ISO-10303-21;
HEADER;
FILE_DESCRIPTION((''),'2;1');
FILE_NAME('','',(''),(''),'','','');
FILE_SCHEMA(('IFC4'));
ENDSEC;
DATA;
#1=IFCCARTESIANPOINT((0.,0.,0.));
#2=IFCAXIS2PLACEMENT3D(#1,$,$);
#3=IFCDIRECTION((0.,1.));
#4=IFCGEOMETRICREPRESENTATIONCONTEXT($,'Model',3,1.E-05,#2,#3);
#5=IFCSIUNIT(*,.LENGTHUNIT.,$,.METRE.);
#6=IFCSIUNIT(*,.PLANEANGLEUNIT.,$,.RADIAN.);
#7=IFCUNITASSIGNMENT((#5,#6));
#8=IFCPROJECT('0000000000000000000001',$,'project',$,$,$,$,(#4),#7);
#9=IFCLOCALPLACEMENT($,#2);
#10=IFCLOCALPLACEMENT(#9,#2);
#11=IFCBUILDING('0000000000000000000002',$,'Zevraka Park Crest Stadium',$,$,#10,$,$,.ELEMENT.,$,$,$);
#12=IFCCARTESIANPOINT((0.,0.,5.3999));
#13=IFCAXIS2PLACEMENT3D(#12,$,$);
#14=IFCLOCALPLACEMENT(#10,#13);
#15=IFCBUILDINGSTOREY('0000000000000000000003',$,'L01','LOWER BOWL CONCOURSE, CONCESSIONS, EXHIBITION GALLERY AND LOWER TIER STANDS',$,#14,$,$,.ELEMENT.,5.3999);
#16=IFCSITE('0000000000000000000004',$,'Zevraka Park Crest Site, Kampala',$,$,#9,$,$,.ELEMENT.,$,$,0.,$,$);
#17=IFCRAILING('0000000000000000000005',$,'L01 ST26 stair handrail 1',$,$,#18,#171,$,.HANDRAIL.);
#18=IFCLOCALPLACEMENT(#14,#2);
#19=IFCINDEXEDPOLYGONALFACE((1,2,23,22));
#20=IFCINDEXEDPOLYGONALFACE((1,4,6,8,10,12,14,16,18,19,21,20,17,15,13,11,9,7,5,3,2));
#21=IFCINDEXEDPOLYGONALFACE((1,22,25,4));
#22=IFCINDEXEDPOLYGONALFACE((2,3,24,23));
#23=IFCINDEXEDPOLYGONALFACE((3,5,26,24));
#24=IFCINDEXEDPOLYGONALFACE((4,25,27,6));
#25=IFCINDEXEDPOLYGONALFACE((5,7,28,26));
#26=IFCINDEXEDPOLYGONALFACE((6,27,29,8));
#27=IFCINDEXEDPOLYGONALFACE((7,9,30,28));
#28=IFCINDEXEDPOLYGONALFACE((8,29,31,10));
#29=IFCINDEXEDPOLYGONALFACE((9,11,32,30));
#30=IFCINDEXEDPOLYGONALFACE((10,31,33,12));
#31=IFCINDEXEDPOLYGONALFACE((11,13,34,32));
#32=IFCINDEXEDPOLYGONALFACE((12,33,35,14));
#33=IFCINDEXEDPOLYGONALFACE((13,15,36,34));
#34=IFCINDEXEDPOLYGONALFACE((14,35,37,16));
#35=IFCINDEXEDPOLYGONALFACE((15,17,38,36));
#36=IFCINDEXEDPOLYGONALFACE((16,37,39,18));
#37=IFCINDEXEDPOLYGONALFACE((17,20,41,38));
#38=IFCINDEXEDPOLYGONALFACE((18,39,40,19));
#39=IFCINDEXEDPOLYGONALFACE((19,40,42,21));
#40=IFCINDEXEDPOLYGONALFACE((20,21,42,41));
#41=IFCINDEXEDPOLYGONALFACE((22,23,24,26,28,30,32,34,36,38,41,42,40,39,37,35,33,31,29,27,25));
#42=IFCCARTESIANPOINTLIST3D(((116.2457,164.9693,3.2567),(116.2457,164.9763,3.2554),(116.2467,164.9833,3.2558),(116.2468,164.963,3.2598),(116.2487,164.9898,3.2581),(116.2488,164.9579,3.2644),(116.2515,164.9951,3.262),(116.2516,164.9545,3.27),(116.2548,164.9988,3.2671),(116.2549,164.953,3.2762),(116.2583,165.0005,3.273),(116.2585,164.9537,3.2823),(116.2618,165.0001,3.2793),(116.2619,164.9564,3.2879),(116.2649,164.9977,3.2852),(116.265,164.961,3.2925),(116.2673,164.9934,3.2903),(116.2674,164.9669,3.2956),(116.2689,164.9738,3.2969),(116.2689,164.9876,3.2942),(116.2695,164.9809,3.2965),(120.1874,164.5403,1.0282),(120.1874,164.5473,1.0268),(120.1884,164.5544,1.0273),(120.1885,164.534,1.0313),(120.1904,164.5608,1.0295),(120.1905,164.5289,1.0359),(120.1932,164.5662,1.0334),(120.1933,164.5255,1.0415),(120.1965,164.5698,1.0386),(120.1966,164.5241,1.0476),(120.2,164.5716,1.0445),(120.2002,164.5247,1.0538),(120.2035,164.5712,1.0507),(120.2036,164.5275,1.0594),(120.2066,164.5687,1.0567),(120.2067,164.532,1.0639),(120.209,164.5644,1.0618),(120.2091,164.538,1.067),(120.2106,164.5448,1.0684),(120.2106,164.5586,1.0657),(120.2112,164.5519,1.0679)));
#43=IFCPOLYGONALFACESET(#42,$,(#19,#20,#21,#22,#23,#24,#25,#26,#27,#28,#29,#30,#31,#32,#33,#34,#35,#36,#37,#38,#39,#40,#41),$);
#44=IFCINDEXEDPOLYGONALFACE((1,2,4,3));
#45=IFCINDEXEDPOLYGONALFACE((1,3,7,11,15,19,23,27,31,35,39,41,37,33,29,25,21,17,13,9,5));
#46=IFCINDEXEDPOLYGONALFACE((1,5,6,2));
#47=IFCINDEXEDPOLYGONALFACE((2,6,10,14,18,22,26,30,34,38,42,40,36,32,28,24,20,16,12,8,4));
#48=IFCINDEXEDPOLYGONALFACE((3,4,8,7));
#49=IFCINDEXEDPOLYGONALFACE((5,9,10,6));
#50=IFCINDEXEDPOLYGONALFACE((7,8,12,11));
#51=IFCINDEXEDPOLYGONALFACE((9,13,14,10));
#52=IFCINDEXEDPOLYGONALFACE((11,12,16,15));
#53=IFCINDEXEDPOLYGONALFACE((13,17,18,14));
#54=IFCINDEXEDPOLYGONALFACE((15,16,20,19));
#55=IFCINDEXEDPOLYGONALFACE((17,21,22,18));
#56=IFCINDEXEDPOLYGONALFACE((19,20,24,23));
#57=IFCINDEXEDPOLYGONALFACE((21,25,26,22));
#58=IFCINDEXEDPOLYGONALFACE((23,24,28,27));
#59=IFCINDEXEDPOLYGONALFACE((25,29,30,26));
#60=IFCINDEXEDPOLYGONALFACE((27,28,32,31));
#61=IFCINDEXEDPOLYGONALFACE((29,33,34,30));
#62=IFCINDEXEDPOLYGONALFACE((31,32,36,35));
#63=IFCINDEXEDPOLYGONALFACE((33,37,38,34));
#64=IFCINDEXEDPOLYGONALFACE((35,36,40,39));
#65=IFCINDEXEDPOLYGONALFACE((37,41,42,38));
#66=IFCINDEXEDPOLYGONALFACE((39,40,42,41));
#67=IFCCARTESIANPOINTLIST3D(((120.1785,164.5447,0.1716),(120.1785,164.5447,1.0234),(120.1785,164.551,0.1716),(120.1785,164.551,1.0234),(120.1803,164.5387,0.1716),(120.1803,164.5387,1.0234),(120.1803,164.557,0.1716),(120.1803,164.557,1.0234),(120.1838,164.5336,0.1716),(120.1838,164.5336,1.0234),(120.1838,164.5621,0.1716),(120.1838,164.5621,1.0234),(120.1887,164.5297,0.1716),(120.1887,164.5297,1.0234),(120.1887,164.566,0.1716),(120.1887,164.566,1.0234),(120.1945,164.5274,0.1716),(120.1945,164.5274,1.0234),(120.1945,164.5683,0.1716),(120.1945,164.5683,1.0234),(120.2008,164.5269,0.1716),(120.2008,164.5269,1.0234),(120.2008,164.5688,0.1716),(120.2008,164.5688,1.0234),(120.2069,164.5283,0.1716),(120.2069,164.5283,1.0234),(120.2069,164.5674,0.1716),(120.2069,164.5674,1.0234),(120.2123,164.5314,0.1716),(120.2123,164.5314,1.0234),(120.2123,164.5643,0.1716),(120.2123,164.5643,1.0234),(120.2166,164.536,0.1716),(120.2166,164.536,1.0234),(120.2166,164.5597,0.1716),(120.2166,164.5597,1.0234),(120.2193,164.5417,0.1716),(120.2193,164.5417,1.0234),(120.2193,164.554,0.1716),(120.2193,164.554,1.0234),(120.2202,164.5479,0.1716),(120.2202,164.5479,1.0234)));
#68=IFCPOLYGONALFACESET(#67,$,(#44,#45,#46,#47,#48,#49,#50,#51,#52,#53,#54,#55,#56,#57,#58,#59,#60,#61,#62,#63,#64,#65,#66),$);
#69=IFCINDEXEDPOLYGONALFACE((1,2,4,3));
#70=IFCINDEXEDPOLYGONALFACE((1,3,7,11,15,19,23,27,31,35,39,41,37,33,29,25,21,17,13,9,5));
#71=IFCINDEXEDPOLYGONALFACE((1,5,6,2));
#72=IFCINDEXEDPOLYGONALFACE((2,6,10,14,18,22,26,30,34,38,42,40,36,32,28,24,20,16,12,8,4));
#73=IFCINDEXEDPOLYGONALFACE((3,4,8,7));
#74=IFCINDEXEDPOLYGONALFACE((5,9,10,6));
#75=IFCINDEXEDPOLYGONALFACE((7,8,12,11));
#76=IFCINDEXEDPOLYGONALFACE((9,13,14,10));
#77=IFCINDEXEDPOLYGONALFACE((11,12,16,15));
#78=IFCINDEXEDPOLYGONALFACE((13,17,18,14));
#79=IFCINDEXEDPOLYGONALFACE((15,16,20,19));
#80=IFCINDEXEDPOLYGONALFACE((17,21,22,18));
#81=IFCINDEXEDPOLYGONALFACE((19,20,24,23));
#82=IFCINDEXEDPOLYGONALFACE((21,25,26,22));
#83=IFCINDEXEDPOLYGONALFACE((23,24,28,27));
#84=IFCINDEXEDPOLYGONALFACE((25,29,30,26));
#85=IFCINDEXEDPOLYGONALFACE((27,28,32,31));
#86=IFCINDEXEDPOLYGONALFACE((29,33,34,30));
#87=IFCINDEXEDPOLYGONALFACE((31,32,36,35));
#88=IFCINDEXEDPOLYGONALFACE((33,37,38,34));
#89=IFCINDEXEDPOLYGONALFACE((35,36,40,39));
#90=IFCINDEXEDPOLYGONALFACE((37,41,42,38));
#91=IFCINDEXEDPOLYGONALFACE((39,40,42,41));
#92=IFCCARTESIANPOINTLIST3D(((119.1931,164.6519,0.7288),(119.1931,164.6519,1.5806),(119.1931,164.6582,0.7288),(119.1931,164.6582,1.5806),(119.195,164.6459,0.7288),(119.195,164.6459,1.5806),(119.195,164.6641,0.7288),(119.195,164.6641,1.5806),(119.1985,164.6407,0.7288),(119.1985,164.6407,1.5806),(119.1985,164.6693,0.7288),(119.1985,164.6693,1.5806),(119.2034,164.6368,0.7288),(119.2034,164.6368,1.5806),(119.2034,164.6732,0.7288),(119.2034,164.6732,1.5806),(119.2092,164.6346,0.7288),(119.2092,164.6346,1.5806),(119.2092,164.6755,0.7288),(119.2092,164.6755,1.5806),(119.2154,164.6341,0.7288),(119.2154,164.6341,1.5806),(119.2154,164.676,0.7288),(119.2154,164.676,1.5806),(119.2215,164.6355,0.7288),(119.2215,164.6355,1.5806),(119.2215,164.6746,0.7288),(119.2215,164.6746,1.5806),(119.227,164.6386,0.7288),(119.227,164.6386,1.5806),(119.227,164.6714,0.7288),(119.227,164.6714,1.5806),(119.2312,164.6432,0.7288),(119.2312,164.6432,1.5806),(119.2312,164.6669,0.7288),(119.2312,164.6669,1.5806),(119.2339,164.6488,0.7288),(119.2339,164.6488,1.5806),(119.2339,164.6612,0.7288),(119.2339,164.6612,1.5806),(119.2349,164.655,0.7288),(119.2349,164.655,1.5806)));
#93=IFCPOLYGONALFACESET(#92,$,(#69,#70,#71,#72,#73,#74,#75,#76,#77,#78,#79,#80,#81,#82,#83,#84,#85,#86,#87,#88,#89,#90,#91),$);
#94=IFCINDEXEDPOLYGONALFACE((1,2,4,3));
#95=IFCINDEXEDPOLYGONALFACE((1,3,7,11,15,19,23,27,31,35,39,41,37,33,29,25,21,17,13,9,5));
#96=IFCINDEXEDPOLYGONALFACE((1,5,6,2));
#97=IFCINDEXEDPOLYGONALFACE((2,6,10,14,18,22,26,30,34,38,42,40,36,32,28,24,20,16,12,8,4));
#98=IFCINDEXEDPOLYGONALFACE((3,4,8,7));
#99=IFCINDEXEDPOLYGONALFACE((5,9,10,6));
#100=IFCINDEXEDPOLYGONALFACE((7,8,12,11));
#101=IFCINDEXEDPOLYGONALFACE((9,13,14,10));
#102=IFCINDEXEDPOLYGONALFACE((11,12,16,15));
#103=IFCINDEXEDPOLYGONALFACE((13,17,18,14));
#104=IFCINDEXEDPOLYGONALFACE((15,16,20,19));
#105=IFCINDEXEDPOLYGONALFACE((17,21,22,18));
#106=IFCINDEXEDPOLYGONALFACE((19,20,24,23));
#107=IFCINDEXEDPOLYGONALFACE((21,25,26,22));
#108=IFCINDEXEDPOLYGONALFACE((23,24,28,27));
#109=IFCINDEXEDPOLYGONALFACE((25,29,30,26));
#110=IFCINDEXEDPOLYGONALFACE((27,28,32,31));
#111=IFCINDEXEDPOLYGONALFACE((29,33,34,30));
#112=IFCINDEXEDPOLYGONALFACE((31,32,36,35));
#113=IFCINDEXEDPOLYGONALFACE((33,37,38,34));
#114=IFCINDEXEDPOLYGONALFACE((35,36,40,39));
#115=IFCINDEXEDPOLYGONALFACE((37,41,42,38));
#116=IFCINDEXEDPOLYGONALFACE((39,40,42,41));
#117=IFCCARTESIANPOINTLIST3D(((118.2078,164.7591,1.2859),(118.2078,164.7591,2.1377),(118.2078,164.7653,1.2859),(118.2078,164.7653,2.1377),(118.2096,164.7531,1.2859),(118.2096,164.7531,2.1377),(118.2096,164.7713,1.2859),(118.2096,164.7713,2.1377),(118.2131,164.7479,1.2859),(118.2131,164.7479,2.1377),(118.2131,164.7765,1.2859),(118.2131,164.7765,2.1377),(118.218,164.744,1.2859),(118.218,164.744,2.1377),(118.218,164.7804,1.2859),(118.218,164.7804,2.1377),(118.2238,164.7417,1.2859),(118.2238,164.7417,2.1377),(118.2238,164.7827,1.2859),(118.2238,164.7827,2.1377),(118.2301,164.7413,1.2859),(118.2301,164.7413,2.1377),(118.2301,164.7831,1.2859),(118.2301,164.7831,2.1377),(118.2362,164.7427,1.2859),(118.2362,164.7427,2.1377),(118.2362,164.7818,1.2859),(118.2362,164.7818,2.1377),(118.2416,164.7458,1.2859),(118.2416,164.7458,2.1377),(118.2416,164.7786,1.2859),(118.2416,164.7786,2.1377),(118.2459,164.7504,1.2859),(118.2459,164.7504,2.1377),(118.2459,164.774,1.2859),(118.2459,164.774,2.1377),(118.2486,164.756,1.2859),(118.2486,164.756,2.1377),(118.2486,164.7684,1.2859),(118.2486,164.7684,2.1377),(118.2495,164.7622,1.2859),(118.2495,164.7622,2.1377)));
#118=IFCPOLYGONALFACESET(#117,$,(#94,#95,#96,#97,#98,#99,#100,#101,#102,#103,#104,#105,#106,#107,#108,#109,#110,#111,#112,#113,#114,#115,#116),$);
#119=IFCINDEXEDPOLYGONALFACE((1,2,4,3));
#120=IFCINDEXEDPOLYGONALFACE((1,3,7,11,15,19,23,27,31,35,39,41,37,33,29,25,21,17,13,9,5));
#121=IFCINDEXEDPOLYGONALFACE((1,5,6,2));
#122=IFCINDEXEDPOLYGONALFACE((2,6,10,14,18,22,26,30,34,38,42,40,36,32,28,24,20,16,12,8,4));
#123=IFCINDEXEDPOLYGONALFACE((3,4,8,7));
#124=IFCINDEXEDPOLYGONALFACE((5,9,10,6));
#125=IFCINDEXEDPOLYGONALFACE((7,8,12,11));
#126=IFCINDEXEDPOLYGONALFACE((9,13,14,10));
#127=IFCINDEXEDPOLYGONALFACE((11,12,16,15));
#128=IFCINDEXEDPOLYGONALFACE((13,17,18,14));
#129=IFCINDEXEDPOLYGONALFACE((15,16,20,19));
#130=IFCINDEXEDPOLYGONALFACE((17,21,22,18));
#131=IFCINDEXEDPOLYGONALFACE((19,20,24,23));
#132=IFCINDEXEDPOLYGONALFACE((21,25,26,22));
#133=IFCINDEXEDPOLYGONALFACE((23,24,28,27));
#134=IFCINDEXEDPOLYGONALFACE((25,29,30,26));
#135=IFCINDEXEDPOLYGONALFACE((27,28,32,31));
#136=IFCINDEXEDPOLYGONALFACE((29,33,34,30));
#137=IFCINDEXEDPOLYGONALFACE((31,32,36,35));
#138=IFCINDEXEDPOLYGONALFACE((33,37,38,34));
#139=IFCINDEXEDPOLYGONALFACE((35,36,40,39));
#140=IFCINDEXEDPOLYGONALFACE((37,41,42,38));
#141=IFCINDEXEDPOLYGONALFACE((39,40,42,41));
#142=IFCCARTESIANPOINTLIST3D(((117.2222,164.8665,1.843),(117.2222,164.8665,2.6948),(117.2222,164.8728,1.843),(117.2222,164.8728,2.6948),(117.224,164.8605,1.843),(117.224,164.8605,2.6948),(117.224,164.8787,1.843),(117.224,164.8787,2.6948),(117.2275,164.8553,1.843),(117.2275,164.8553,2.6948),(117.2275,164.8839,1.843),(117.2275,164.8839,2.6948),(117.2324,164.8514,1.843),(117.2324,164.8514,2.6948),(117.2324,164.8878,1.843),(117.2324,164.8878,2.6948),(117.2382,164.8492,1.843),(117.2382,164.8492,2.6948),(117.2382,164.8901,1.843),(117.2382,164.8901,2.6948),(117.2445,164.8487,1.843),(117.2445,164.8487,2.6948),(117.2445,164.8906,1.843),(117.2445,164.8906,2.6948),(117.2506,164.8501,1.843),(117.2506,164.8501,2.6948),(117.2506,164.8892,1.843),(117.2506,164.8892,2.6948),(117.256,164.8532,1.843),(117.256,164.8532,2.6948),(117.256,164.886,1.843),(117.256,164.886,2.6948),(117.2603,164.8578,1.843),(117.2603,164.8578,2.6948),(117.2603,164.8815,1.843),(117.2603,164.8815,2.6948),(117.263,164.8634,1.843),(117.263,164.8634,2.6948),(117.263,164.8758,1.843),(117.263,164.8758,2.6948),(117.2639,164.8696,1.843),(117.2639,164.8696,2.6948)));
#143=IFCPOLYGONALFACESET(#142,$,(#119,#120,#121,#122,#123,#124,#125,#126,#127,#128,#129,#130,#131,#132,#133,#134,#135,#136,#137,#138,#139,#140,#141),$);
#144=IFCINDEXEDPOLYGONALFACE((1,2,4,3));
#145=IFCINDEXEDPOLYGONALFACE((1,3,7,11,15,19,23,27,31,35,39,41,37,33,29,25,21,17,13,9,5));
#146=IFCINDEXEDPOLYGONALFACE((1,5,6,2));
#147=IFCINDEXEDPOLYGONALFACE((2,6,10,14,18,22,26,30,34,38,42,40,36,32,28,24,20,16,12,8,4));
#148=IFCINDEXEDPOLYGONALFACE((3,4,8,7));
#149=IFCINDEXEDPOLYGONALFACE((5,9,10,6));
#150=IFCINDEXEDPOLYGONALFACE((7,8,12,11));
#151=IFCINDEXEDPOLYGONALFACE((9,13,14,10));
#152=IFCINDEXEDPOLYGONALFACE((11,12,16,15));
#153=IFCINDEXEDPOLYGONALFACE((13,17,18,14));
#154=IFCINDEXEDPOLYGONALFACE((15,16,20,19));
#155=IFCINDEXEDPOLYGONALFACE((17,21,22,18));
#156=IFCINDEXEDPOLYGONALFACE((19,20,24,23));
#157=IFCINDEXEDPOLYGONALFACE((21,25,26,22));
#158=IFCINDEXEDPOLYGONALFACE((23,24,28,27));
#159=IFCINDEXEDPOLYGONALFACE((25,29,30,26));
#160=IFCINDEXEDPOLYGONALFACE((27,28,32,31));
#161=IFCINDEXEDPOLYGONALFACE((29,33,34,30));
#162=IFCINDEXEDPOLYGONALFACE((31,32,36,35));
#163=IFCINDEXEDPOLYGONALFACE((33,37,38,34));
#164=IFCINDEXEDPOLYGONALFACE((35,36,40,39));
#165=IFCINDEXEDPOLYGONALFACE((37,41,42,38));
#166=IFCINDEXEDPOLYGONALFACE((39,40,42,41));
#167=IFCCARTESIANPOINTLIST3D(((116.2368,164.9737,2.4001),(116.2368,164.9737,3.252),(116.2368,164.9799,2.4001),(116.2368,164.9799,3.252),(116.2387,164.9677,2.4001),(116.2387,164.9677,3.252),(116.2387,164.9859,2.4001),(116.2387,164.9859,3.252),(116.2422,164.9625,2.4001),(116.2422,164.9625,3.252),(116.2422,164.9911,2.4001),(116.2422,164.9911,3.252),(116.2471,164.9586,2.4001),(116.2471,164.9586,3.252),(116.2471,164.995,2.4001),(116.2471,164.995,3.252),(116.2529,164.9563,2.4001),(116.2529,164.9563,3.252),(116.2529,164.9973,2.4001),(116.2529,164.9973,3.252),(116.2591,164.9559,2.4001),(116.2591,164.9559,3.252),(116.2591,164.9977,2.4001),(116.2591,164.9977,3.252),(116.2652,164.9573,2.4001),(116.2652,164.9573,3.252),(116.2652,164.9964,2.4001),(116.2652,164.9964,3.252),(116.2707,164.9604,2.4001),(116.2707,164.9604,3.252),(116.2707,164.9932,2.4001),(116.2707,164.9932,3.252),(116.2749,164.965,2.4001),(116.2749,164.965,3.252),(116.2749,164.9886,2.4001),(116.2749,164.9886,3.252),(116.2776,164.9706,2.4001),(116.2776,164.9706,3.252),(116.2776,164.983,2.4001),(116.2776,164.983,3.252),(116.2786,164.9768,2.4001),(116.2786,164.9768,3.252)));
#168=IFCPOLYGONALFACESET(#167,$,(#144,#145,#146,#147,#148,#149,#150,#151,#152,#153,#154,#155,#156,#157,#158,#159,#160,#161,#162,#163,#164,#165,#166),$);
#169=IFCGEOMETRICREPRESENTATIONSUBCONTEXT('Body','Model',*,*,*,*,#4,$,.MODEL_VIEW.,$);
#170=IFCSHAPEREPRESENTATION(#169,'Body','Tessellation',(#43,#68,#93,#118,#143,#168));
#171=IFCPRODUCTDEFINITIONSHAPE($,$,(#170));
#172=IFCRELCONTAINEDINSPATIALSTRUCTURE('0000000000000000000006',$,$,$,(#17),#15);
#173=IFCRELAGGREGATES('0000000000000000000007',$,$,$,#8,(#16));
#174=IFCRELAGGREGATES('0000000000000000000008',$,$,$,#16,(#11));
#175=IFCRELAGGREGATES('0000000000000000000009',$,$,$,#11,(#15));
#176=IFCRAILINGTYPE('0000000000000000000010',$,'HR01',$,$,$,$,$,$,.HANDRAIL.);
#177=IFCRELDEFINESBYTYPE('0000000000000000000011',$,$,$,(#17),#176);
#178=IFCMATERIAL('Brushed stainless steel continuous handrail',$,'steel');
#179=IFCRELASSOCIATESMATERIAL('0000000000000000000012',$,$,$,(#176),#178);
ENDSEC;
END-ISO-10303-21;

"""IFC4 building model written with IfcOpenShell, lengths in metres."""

from ifc_helpers import new_model, si_unit, direction, frame, origin, origin_2d, place, context, subcontext, project, spatial, circle, extrude, material, type_object, element, save


model = new_model("IFC4")

# Units and contexts
model_context = context("Model", 3, precision=1e-05, world=origin(), true_north=direction((0.0, 1.0)))
body_context = subcontext(model_context, "Body", "Model", "MODEL_VIEW")
ifc_project = project(units=[si_unit("LENGTHUNIT", "METRE"), si_unit("PLANEANGLEUNIT", "RADIAN")], contexts=[model_context])

# Site, building, storey
site_placement = place(None, origin())
site = spatial("IfcSite", under=ifc_project, at=site_placement, Name="Zevraka Park Crest Site, Kampala", CompositionType="ELEMENT", RefElevation=0.0)
building_placement = place(site_placement, origin())
building = spatial("IfcBuilding", under=site, at=building_placement, Name="Zevraka Park Crest Stadium", CompositionType="ELEMENT")
storey_placement = place(building_placement, frame((0.0, 0.0, 5.3999)))
storey = spatial("IfcBuildingStorey", under=building, at=storey_placement, Name="L01", Description="LOWER BOWL CONCOURSE, CONCESSIONS, EXHIBITION GALLERY AND LOWER TIER STANDS", CompositionType="ELEMENT", Elevation=5.3999)

# Railing
ifc_material_1 = material(Name="Brushed stainless steel continuous handrail", Category="steel")
railing_type_1 = type_object("IfcRailingType", Name="HR01", PredefinedType="HANDRAIL", material=ifc_material_1)
railing_1_placement = place(storey_placement, frame((120.1992, 164.5479, 0.1716)))
element("IfcRailing", 1, at=railing_1_placement, inside=storey, type_object=railing_type_1, Name="L01 ST26 stair handrail 1", PredefinedType="HANDRAIL", context=body_context, shape_type="SweptSolid", body=[
    extrude(circle(Radius=0.0239, at=origin_2d()), frame((0.0, 0.0, 0.876), z_axis=(-0.866624, 0.094311, 0.489968), x_axis=(-0.108188, -0.994131, 0.0)), (0.0, 0.0, 1.0), 4.5483),
    extrude(circle(Radius=0.021, at=origin_2d()), origin(), (0.0, 0.0, 1.0), 0.8518),
    extrude(circle(Radius=0.021, at=origin_2d()), frame((-0.9854, 0.1072, 0.5571)), (0.0, 0.0, 1.0), 0.8518),
    extrude(circle(Radius=0.021, at=origin_2d()), frame((-1.9707, 0.2144, 1.1143)), (0.0, 0.0, 1.0), 0.8518),
    extrude(circle(Radius=0.021, at=origin_2d()), frame((-2.9563, 0.3218, 1.6714)), (0.0, 0.0, 1.0), 0.8518),
    extrude(circle(Radius=0.021, at=origin_2d()), frame((-3.9417, 0.429, 2.2285)), (0.0, 0.0, 1.0), 0.8518),
])

save(model, "model.ifc")
